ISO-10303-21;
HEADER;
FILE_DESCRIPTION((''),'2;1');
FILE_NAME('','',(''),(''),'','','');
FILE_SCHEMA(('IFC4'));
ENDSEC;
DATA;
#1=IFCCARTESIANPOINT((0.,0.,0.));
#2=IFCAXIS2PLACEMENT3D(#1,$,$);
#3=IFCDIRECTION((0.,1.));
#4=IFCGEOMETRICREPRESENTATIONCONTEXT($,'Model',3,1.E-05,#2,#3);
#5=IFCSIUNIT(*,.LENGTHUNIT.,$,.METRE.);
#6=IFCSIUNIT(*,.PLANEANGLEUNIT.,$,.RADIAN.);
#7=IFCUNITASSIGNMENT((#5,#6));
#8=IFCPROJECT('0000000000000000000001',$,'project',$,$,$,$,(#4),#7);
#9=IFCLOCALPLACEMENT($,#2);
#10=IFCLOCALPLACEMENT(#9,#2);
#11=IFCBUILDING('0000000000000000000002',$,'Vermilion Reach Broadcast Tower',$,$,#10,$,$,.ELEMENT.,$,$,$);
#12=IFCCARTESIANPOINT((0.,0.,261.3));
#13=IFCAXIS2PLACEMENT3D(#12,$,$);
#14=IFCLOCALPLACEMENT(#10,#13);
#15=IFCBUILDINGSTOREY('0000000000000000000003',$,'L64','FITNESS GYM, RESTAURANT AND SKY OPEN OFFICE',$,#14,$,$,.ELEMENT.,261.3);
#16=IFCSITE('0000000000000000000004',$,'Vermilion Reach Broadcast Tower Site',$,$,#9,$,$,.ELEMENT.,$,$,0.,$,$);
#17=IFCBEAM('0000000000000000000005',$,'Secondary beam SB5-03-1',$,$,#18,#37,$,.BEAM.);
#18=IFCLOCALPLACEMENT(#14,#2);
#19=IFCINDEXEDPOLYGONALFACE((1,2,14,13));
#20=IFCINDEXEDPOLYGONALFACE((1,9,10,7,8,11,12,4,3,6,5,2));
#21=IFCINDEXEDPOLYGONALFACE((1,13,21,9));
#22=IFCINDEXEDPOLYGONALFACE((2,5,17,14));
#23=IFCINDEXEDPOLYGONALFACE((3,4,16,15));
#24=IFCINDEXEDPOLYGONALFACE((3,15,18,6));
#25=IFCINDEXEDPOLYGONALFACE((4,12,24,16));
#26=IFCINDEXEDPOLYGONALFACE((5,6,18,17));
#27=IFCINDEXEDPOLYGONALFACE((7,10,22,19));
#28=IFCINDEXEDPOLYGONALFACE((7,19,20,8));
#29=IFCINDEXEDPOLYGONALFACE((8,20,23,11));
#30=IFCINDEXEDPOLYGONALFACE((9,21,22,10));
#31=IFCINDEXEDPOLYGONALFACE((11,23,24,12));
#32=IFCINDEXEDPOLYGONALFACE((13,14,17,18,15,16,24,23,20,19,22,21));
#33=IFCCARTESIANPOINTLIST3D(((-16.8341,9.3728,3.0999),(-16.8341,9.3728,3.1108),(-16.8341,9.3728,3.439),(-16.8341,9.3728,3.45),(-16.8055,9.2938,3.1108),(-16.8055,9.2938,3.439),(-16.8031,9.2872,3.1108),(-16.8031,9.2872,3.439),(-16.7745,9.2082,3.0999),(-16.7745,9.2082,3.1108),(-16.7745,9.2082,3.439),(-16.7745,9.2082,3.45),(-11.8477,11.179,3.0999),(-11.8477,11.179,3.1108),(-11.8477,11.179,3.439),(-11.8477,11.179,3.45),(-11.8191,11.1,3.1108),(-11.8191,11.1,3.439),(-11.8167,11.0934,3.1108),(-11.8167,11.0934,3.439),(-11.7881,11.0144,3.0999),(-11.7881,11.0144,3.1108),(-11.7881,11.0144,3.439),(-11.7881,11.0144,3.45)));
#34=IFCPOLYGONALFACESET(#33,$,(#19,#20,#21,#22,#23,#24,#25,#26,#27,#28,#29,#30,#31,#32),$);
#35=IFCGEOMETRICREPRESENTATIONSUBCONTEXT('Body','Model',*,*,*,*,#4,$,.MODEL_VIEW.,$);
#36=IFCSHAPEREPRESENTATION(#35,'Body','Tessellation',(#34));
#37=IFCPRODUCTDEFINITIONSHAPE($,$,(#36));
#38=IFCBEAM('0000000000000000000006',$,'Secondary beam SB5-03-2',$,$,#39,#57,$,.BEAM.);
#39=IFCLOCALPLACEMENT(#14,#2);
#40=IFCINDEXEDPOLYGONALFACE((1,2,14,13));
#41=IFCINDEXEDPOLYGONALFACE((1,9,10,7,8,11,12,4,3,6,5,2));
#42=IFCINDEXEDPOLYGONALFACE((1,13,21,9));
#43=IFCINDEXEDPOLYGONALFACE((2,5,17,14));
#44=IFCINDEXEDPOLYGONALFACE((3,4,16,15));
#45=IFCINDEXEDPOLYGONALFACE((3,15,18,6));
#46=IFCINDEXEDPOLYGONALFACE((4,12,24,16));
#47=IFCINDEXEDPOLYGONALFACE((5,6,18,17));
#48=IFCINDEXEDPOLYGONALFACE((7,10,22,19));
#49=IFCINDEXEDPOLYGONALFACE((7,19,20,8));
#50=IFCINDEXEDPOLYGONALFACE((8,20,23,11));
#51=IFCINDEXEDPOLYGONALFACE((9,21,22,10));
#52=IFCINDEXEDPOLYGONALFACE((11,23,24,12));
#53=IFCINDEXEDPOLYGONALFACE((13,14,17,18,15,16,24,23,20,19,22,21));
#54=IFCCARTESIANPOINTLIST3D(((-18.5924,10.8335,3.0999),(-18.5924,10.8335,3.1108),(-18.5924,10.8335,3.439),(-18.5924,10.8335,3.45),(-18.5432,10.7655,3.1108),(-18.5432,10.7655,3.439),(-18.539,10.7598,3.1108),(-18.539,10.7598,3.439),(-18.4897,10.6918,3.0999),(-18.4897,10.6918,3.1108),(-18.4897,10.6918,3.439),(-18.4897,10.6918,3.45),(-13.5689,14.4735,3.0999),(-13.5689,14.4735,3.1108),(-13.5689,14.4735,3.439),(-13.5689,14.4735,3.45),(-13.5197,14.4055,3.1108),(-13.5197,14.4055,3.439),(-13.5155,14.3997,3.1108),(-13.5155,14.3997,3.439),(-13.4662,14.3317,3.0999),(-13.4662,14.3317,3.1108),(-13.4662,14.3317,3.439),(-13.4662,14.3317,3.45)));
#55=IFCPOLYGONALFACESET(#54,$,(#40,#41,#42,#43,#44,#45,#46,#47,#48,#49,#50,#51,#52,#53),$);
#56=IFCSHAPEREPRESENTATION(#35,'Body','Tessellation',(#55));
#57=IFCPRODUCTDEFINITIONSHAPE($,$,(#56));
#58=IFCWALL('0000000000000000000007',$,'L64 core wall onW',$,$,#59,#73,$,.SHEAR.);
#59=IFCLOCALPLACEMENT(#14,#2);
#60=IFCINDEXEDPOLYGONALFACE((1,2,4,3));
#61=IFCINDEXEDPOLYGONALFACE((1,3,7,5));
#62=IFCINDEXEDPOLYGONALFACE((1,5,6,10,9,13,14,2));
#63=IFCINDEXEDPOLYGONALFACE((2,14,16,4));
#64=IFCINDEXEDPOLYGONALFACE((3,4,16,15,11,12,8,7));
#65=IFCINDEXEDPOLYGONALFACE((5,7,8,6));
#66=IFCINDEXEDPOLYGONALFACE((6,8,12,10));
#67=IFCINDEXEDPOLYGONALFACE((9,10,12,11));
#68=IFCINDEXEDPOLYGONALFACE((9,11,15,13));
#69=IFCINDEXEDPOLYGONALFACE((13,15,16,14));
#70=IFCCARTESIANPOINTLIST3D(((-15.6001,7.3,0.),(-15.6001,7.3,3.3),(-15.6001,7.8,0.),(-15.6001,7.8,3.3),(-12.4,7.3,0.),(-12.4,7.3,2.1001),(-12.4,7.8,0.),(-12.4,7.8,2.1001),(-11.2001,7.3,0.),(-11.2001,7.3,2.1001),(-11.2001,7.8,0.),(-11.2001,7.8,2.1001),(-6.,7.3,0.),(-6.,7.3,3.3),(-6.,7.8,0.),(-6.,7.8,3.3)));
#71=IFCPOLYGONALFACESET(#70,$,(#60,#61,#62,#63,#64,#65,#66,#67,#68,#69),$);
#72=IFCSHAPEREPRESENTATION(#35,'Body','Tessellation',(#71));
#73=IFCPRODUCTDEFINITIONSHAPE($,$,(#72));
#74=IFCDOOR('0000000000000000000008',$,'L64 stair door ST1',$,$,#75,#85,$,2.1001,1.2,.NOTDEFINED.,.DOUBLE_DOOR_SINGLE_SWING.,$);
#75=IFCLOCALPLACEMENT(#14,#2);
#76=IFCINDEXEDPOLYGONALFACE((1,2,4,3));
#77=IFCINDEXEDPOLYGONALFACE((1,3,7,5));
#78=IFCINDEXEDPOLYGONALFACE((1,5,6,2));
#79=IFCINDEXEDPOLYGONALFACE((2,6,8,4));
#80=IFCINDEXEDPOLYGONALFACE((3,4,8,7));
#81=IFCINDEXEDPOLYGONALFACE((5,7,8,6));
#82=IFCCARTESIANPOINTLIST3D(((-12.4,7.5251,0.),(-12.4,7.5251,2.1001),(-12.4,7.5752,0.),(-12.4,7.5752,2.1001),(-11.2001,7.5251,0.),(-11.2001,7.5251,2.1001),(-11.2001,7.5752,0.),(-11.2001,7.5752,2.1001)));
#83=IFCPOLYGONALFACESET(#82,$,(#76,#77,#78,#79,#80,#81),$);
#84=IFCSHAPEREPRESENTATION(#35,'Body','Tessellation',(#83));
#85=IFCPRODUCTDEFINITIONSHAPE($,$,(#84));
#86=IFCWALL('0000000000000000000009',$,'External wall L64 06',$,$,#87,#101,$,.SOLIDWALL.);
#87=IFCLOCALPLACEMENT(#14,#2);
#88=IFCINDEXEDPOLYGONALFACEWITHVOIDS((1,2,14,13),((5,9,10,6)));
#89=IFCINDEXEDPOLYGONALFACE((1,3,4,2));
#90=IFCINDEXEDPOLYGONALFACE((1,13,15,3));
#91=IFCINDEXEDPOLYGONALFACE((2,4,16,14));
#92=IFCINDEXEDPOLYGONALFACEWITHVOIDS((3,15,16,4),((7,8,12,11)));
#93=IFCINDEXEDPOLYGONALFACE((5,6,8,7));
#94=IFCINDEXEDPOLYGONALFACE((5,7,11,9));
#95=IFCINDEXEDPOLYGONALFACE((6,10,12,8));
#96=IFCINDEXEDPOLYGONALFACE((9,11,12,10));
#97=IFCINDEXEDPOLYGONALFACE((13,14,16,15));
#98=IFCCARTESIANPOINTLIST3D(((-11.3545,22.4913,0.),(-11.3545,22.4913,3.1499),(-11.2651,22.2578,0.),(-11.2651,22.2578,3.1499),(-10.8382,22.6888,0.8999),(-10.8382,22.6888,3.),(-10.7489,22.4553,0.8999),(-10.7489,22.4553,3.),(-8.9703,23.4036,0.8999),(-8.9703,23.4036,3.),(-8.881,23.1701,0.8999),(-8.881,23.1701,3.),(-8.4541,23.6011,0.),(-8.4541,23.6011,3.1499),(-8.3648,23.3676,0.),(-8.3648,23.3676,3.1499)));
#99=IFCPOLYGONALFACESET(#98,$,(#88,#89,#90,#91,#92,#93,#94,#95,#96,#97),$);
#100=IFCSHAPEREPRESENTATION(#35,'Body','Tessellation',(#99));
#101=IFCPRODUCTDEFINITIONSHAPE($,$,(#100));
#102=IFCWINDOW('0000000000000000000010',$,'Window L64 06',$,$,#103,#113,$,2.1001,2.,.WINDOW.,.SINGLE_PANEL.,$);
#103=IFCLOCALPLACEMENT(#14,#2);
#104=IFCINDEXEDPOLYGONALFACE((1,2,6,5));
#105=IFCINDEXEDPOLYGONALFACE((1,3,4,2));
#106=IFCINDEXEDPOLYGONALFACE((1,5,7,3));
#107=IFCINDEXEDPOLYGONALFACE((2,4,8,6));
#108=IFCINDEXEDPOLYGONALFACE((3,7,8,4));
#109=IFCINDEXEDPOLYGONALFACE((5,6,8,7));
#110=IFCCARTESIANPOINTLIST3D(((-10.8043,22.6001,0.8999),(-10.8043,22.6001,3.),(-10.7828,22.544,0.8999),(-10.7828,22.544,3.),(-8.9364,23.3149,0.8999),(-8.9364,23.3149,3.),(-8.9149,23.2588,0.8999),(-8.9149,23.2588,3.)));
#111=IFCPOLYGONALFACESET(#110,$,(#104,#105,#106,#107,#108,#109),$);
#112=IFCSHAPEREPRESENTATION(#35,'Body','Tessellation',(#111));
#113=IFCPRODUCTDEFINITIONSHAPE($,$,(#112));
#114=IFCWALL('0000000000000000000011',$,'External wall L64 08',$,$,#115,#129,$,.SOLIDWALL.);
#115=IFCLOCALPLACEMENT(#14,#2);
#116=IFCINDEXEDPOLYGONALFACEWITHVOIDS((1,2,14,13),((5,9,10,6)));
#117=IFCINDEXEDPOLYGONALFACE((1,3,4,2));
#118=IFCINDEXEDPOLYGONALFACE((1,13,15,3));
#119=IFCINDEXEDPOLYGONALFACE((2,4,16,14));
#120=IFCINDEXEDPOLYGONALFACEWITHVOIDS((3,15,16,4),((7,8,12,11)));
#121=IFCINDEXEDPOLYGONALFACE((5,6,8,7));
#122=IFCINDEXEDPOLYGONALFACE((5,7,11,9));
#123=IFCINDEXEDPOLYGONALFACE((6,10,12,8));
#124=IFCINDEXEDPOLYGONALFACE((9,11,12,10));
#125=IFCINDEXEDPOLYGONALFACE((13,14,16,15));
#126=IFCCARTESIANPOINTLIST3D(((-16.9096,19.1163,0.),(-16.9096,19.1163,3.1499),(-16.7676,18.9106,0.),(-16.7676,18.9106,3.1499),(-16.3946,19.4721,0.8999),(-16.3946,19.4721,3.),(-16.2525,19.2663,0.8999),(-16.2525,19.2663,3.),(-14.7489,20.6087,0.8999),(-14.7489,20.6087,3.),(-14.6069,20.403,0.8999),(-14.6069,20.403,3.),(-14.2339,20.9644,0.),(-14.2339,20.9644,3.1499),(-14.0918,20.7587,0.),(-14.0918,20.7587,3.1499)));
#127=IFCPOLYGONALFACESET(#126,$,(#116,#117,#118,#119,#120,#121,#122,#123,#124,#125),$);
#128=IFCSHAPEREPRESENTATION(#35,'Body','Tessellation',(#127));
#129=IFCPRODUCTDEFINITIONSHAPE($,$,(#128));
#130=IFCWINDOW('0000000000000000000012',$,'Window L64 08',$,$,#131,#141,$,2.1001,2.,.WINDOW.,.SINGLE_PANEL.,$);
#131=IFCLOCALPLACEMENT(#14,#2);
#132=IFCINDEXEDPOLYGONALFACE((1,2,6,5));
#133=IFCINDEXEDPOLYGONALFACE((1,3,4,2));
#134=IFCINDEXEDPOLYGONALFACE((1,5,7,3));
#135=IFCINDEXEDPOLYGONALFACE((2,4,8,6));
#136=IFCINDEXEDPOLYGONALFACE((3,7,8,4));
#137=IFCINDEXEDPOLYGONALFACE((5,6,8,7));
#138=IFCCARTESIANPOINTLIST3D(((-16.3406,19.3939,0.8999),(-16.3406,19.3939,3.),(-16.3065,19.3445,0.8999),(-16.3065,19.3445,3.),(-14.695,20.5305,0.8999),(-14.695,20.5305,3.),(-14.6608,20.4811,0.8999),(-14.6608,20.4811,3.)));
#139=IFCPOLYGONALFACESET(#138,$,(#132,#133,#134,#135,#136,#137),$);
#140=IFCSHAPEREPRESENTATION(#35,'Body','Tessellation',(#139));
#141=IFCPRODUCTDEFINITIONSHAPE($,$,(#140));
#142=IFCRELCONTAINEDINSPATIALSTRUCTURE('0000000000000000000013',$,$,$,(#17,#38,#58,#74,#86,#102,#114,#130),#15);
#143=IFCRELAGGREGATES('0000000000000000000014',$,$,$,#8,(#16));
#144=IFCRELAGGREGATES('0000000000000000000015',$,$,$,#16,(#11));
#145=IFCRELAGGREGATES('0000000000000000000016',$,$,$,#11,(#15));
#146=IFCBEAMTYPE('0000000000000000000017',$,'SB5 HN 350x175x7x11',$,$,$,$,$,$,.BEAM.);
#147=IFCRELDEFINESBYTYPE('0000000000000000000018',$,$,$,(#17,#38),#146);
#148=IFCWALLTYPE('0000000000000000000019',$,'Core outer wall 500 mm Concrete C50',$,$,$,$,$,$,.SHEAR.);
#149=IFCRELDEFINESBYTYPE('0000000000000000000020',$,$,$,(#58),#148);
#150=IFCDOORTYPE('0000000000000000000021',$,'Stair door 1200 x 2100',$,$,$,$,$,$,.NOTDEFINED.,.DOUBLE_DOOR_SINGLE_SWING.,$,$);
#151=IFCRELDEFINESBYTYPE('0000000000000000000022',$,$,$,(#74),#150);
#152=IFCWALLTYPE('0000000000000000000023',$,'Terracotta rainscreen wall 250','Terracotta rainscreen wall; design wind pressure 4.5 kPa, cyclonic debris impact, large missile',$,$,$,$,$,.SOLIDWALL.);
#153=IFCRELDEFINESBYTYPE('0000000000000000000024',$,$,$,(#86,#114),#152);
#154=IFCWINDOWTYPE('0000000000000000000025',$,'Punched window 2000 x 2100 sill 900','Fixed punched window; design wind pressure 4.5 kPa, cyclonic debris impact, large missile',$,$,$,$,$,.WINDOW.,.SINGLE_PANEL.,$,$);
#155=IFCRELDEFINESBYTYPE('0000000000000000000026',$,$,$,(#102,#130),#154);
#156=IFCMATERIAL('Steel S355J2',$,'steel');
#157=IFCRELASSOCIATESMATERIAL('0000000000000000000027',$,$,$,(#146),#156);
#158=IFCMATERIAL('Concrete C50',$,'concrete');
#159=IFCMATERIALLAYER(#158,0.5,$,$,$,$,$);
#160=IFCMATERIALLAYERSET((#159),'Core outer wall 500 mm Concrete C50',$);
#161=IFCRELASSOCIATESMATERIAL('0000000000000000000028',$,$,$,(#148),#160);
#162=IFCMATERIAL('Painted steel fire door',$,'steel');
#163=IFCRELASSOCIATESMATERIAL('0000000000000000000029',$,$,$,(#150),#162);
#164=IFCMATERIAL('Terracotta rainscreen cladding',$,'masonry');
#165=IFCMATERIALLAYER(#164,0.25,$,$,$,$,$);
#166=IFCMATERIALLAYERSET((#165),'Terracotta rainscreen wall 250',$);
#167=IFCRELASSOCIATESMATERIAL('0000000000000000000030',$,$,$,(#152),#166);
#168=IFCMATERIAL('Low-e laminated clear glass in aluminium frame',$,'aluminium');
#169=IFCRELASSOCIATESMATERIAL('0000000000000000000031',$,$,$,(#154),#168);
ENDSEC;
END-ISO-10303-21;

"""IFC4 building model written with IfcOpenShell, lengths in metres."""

from ifc_helpers import new_model, si_unit, direction, frame, frame_2d, origin, origin_2d, place, context, subcontext, project, spatial, rectangle, i_section, extrude, material, layer, layer_set, material_profile, profile_set, type_object, element, fill, save


model = new_model("IFC4")

# Units and contexts
model_context = context("Model", 3, precision=1e-05, world=origin(), true_north=direction((0.0, 1.0)))
body_context = subcontext(model_context, "Body", "Model", "MODEL_VIEW")
ifc_project = project(units=[si_unit("LENGTHUNIT", "METRE"), si_unit("PLANEANGLEUNIT", "RADIAN")], contexts=[model_context])

# Site, building, storey
site_placement = place(None, origin())
site = spatial("IfcSite", under=ifc_project, at=site_placement, Name="Vermilion Reach Broadcast Tower Site", CompositionType="ELEMENT", RefElevation=0.0)
building_placement = place(site_placement, origin())
building = spatial("IfcBuilding", under=site, at=building_placement, Name="Vermilion Reach Broadcast Tower", CompositionType="ELEMENT")
storey_placement = place(building_placement, frame((0.0, 0.0, 261.3)))
storey = spatial("IfcBuildingStorey", under=building, at=storey_placement, Name="L64", Description="FITNESS GYM, RESTAURANT AND SKY OPEN OFFICE", CompositionType="ELEMENT", Elevation=261.3)

# Beams
ifc_material_1 = material(Name="Steel S355J2", Category="steel")
ifc_material_profile_1 = material_profile(ifc_material_1, i_section(OverallWidth=0.175, OverallDepth=0.3501, WebThickness=0.0071, FlangeThickness=0.011, at=origin_2d()), Name="S355J2 HN 350x175x7x11")
ifc_profile_set_1 = profile_set([ifc_material_profile_1], Name="Steel S355J2")
beam_type_1 = type_object("IfcBeamType", Name="SB5 HN 350x175x7x11", PredefinedType="BEAM", material=ifc_profile_set_1)
beam_1_placement = place(storey_placement, frame((-11.8179, 11.0967, 3.2749), z_axis=(-0.94022, -0.340567, 0.0), x_axis=(0.340567, -0.94022, 0.0)))
element("IfcBeam", 1, at=beam_1_placement, inside=storey, type_object=beam_type_1, Name="Secondary beam SB5-03-1", PredefinedType="BEAM", context=body_context, shape_type="SweptSolid", body=[
    extrude(i_section(OverallWidth=0.175, OverallDepth=0.3501, WebThickness=0.0071, FlangeThickness=0.011, at=origin_2d()), origin(), (0.0, 0.0, 1.0), 5.3035),
])
beam_2_placement = place(storey_placement, frame((-13.5176, 14.4026, 3.2749), z_axis=(-0.809771, -0.586746, 0.0), x_axis=(0.586746, -0.809771, 0.0)))
element("IfcBeam", 2, at=beam_2_placement, inside=storey, type_object=beam_type_1, Name="Secondary beam SB5-03-2", PredefinedType="BEAM", context=body_context, shape_type="SweptSolid", body=[
    extrude(i_section(OverallWidth=0.175, OverallDepth=0.3501, WebThickness=0.0071, FlangeThickness=0.011, at=origin_2d()), origin(), (0.0, 0.0, 1.0), 6.2036),
])

# Wall, opening, door
ifc_material_2 = material(Name="Concrete C50", Category="concrete")
ifc_layer_1 = layer(ifc_material_2, 0.5)
ifc_layer_set_1 = layer_set([ifc_layer_1], Name="Core outer wall 500 mm Concrete C50")
wall_type_1 = type_object("IfcWallType", Name="Core outer wall 500 mm Concrete C50", PredefinedType="SHEAR", material=ifc_layer_set_1)
wall_1_placement = place(storey_placement, frame((-6.0, 7.55, 0.0), z_axis=(0.0, 0.0, 1.0), x_axis=(-1.0, 0.0, 0.0)))
wall_1 = element("IfcWall", 3, at=wall_1_placement, inside=storey, type_object=wall_type_1, Name="L64 core wall onW", PredefinedType="SHEAR", context=body_context, shape_type="SweptSolid", body=[
    extrude(rectangle(XDim=9.6001, YDim=0.5, at=frame_2d((4.8, 0.0))), origin(), (0.0, 0.0, 1.0), 3.3),
])
opening_1_placement = place(wall_1_placement, frame((5.2, 0.0, 0.0)))
opening_1 = element("IfcOpeningElement", 4, at=opening_1_placement, cuts=wall_1, PredefinedType="OPENING", context=body_context, shape_type="SweptSolid", body=[
    extrude(rectangle(XDim=1.2, YDim=2.1001, at=frame_2d((0.6001, 1.05))), frame((0.0, 0.26, 0.0), z_axis=(0.0, -1.0, 0.0), x_axis=(1.0, 0.0, 0.0)), (0.0, 0.0, 1.0), 0.52),
])
ifc_material_3 = material(Name="Painted steel fire door", Category="steel")
door_type_1 = type_object("IfcDoorType", Name="Stair door 1200 x 2100", OperationType="DOUBLE_DOOR_SINGLE_SWING", PredefinedType="NOTDEFINED", material=ifc_material_3)
door_1_placement = place(opening_1_placement, origin())
door_1 = element("IfcDoor", 5, at=door_1_placement, inside=storey, type_object=door_type_1, Name="L64 stair door ST1", OperationType="DOUBLE_DOOR_SINGLE_SWING", OverallHeight=2.1001, OverallWidth=1.2, PredefinedType="NOTDEFINED", context=body_context, shape_type="SweptSolid", body=[
    extrude(rectangle(XDim=1.2, YDim=2.1001, at=frame_2d((0.6001, 1.05))), frame((0.0, 0.0249, 0.0), z_axis=(0.0, -1.0, 0.0), x_axis=(1.0, 0.0, 0.0)), (0.0, 0.0, 1.0), 0.05),
])
fill(opening_1, door_1)

# Wall, opening, window
ifc_material_4 = material(Name="Terracotta rainscreen cladding", Category="masonry")
ifc_layer_2 = layer(ifc_material_4, 0.25)
ifc_layer_set_2 = layer_set([ifc_layer_2], Name="Terracotta rainscreen wall 250")
wall_type_2 = type_object("IfcWallType", Name="Terracotta rainscreen wall 250", Description="Terracotta rainscreen wall; design wind pressure 4.5 kPa, cyclonic debris impact, large missile", PredefinedType="SOLIDWALL", material=ifc_layer_set_2)
wall_2_placement = place(storey_placement, frame((-8.4094, 23.4844, 0.0), z_axis=(0.0, 0.0, 1.0), x_axis=(-0.933956, -0.357388, 0.0)))
wall_2 = element("IfcWall", 6, at=wall_2_placement, inside=storey, type_object=wall_type_2, Name="External wall L64 06", PredefinedType="SOLIDWALL", context=body_context, shape_type="SweptSolid", body=[
    extrude(rectangle(XDim=3.1055, YDim=0.25, at=frame_2d((1.5527, 0.0))), origin(), (0.0, 0.0, 1.0), 3.1499),
])
opening_2_placement = place(wall_2_placement, frame((0.5527, 0.0, 0.8999)))
opening_2 = element("IfcOpeningElement", 7, at=opening_2_placement, cuts=wall_2, PredefinedType="OPENING", context=body_context, shape_type="SweptSolid", body=[
    extrude(rectangle(XDim=2.0, YDim=2.1001, at=frame_2d((1.0, 1.05))), frame((0.0, 0.135, 0.0), z_axis=(0.0, -1.0, 0.0), x_axis=(1.0, 0.0, 0.0)), (0.0, 0.0, 1.0), 0.27),
])
ifc_material_5 = material(Name="Low-e laminated clear glass in aluminium frame", Category="aluminium")
window_type = type_object("IfcWindowType", Name="Punched window 2000 x 2100 sill 900", Description="Fixed punched window; design wind pressure 4.5 kPa, cyclonic debris impact, large missile", PartitioningType="SINGLE_PANEL", PredefinedType="WINDOW", material=ifc_material_5)
window_1_placement = place(opening_2_placement, origin())
window_1 = element("IfcWindow", 8, at=window_1_placement, inside=storey, type_object=window_type, Name="Window L64 06", OverallHeight=2.1001, OverallWidth=2.0, PartitioningType="SINGLE_PANEL", PredefinedType="WINDOW", context=body_context, shape_type="SweptSolid", body=[
    extrude(rectangle(XDim=2.0, YDim=2.1001, at=frame_2d((1.0, 1.05))), frame((0.0, 0.03, 0.0), z_axis=(0.0, -1.0, 0.0), x_axis=(1.0, 0.0, 0.0)), (0.0, 0.0, 1.0), 0.0601),
])
fill(opening_2, window_1)

# Wall, opening, window
wall_3_placement = place(storey_placement, frame((-14.1628, 20.8616, 0.0), z_axis=(0.0, 0.0, 1.0), x_axis=(-0.822813, -0.568312, 0.0)))
wall_3 = element("IfcWall", 9, at=wall_3_placement, inside=storey, type_object=wall_type_2, Name="External wall L64 08", PredefinedType="SOLIDWALL", context=body_context, shape_type="SweptSolid", body=[
    extrude(rectangle(XDim=3.252, YDim=0.25, at=frame_2d((1.626, 0.0))), origin(), (0.0, 0.0, 1.0), 3.1499),
])
opening_3_placement = place(wall_3_placement, frame((0.626, 0.0, 0.8999)))
opening_3 = element("IfcOpeningElement", 10, at=opening_3_placement, cuts=wall_3, PredefinedType="OPENING", context=body_context, shape_type="SweptSolid", body=[
    extrude(rectangle(XDim=2.0, YDim=2.1001, at=frame_2d((1.0, 1.05))), frame((0.0, 0.135, 0.0), z_axis=(0.0, -1.0, 0.0), x_axis=(1.0, 0.0, 0.0)), (0.0, 0.0, 1.0), 0.27),
])
window_2_placement = place(opening_3_placement, origin())
window_2 = element("IfcWindow", 11, at=window_2_placement, inside=storey, type_object=window_type, Name="Window L64 08", OverallHeight=2.1001, OverallWidth=2.0, PartitioningType="SINGLE_PANEL", PredefinedType="WINDOW", context=body_context, shape_type="SweptSolid", body=[
    extrude(rectangle(XDim=2.0, YDim=2.1001, at=frame_2d((1.0, 1.05))), frame((0.0, 0.03, 0.0), z_axis=(0.0, -1.0, 0.0), x_axis=(1.0, 0.0, 0.0)), (0.0, 0.0, 1.0), 0.0601),
])
fill(opening_3, window_2)

save(model, "model.ifc")
